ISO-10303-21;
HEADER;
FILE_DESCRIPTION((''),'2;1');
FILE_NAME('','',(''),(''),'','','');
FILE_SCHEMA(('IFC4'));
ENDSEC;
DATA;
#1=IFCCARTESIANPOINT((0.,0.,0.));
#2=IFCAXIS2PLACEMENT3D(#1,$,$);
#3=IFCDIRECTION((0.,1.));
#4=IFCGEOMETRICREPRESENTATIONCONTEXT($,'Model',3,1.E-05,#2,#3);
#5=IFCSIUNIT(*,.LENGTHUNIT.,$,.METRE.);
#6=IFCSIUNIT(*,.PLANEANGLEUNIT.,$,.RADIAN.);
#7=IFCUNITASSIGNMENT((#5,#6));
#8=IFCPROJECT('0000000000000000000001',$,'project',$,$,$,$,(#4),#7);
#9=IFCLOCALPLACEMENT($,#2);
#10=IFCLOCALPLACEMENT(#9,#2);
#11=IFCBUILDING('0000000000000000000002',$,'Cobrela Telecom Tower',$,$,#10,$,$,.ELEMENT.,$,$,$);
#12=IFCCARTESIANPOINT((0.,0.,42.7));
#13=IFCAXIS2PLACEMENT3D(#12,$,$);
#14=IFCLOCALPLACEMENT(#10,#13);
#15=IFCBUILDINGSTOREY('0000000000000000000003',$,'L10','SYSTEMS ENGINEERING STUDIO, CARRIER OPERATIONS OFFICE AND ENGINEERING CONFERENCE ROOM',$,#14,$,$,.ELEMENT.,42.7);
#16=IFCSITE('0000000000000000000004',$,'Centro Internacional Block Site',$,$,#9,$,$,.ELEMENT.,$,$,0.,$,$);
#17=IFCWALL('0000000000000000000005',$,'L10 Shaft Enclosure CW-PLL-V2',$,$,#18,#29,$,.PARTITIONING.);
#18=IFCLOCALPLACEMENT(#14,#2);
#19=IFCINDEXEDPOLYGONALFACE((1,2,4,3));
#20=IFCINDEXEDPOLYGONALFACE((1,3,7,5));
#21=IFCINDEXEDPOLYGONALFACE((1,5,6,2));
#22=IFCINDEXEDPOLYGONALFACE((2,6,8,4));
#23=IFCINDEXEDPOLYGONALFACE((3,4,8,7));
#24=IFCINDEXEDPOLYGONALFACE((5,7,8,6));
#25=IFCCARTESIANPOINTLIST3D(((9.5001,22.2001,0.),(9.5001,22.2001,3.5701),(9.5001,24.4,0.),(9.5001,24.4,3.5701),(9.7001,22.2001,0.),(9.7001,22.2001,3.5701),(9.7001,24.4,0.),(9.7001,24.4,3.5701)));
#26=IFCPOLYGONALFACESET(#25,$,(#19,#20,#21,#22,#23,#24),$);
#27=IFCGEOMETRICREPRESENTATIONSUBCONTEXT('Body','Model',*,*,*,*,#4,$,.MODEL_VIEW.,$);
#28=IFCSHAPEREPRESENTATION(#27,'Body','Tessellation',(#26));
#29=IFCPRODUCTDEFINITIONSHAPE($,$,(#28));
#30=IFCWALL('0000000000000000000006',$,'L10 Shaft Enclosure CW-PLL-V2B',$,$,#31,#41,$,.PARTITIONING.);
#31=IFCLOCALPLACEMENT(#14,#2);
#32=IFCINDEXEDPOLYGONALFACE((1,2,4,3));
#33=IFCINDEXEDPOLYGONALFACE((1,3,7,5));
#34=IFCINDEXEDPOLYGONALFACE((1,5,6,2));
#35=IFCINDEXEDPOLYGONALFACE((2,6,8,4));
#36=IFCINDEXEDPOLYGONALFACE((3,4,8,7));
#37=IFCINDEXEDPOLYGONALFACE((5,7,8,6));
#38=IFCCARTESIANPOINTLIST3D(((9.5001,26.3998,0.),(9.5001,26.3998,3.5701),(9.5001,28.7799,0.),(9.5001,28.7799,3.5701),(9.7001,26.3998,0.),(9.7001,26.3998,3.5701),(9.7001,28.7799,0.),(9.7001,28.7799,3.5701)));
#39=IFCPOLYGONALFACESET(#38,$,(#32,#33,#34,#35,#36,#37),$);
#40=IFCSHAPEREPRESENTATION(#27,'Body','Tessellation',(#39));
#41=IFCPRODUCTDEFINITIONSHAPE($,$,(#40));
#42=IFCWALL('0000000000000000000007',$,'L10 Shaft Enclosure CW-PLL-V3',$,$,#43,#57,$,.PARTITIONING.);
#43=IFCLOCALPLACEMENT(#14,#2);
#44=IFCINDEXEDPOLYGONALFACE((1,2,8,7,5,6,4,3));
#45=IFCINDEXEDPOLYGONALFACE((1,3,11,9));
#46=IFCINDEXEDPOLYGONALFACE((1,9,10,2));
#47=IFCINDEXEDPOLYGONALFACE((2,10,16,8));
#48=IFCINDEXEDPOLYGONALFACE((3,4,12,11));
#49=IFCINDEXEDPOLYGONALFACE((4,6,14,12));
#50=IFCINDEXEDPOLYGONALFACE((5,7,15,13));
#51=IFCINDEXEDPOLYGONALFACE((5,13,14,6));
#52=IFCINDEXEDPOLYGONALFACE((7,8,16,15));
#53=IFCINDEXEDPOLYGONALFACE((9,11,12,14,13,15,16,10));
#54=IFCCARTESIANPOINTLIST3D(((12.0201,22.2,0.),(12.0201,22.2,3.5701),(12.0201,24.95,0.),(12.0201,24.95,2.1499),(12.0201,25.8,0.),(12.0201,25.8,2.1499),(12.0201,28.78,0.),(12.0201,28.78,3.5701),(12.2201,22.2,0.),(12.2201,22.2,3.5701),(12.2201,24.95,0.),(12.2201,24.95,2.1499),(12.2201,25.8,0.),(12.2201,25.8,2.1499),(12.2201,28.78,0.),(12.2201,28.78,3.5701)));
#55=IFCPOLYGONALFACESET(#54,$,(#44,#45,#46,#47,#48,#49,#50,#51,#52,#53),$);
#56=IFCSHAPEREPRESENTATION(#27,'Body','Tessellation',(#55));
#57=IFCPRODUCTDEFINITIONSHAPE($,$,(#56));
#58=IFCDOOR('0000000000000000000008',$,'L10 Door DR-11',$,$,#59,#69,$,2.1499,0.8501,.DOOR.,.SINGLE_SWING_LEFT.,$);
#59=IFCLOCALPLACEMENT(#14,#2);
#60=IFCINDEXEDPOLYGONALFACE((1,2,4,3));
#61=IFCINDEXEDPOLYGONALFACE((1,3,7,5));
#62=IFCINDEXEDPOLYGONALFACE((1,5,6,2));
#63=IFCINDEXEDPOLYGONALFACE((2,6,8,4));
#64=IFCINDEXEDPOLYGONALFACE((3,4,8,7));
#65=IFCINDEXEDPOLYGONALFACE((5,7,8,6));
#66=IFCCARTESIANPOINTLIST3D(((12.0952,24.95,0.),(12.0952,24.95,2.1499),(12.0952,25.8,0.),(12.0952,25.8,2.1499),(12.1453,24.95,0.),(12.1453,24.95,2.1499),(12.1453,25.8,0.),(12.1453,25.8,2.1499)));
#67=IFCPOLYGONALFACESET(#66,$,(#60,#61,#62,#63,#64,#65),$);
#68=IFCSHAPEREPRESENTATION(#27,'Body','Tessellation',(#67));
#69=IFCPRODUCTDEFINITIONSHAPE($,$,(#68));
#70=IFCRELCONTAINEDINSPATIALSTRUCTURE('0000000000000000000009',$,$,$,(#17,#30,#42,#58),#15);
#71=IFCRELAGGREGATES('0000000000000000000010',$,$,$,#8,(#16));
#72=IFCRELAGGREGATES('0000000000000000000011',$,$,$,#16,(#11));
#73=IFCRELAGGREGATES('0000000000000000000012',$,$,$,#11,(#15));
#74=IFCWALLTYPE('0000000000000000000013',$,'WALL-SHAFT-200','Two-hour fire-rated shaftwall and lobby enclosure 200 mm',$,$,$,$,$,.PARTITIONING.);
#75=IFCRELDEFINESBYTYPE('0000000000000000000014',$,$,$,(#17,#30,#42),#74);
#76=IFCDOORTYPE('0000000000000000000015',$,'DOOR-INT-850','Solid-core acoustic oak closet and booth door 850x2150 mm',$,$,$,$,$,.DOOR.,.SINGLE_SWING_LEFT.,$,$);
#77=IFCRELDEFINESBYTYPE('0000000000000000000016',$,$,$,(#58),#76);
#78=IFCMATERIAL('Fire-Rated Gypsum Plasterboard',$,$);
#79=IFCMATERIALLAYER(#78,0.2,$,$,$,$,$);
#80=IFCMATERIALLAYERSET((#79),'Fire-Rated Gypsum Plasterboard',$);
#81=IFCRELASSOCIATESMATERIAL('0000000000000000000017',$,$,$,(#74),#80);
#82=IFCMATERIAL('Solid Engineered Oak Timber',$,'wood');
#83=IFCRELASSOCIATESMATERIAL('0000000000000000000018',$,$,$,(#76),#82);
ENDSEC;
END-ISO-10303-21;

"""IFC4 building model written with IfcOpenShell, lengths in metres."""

from ifc_helpers import new_model, si_unit, direction, frame, frame_2d, origin, place, context, subcontext, project, spatial, rectangle, extrude, material, layer, layer_set, type_object, element, fill, save


model = new_model("IFC4")

# Units and contexts
model_context = context("Model", 3, precision=1e-05, world=origin(), true_north=direction((0.0, 1.0)))
body_context = subcontext(model_context, "Body", "Model", "MODEL_VIEW")
ifc_project = project(units=[si_unit("LENGTHUNIT", "METRE"), si_unit("PLANEANGLEUNIT", "RADIAN")], contexts=[model_context])

# Site, building, storey
site_placement = place(None, origin())
site = spatial("IfcSite", under=ifc_project, at=site_placement, Name="Centro Internacional Block Site", CompositionType="ELEMENT", RefElevation=0.0)
building_placement = place(site_placement, origin())
building = spatial("IfcBuilding", under=site, at=building_placement, Name="Cobrela Telecom Tower", CompositionType="ELEMENT")
storey_placement = place(building_placement, frame((0.0, 0.0, 42.7)))
storey = spatial("IfcBuildingStorey", under=building, at=storey_placement, Name="L10", Description="SYSTEMS ENGINEERING STUDIO, CARRIER OPERATIONS OFFICE AND ENGINEERING CONFERENCE ROOM", CompositionType="ELEMENT", Elevation=42.7)

# Shared definitions
ifc_material_1 = material(Name="Fire-Rated Gypsum Plasterboard")

# Shared definitions
ifc_layer_1 = layer(ifc_material_1, 0.2)
ifc_layer_set_1 = layer_set([ifc_layer_1], Name="Fire-Rated Gypsum Plasterboard")
wall_type_1 = type_object("IfcWallType", Name="WALL-SHAFT-200", Description="Two-hour fire-rated shaftwall and lobby enclosure 200 mm", PredefinedType="PARTITIONING", material=ifc_layer_set_1)

# Walls
wall_1_placement = place(storey_placement, frame((9.6001, 22.2, 0.0), z_axis=(0.0, 0.0, 1.0), x_axis=(0.0, 1.0, 0.0)))
element("IfcWall", 1, at=wall_1_placement, inside=storey, type_object=wall_type_1, Name="L10 Shaft Enclosure CW-PLL-V2", PredefinedType="PARTITIONING", context=body_context, shape_type="SweptSolid", body=[
    extrude(rectangle(XDim=2.2, YDim=0.2, at=frame_2d((1.1001, 0.0))), origin(), (0.0, 0.0, 1.0), 3.5701),
])
wall_2_placement = place(storey_placement, frame((9.6001, 26.3999, 0.0), z_axis=(0.0, 0.0, 1.0), x_axis=(0.0, 1.0, 0.0)))
element("IfcWall", 2, at=wall_2_placement, inside=storey, type_object=wall_type_1, Name="L10 Shaft Enclosure CW-PLL-V2B", PredefinedType="PARTITIONING", context=body_context, shape_type="SweptSolid", body=[
    extrude(rectangle(XDim=2.3801, YDim=0.2, at=frame_2d((1.1899, 0.0))), origin(), (0.0, 0.0, 1.0), 3.5701),
])

# Wall, opening, door
wall_3_placement = place(storey_placement, frame((12.1201, 22.2, 0.0), z_axis=(0.0, 0.0, 1.0), x_axis=(0.0, 1.0, 0.0)))
wall_3 = element("IfcWall", 3, at=wall_3_placement, inside=storey, type_object=wall_type_1, Name="L10 Shaft Enclosure CW-PLL-V3", PredefinedType="PARTITIONING", context=body_context, shape_type="SweptSolid", body=[
    extrude(rectangle(XDim=6.5801, YDim=0.2, at=frame_2d((3.29, 0.0))), origin(), (0.0, 0.0, 1.0), 3.5701),
])
opening_1_placement = place(wall_3_placement, frame((2.75, 0.0, 0.0)))
opening_1 = element("IfcOpeningElement", 4, at=opening_1_placement, cuts=wall_3, PredefinedType="OPENING", context=body_context, shape_type="SweptSolid", body=[
    extrude(rectangle(XDim=0.8501, YDim=2.1499, at=frame_2d((0.425, 1.075))), frame((0.0, 0.1118, 0.0), z_axis=(0.0, -1.0, 0.0), x_axis=(1.0, 0.0, 0.0)), (0.0, 0.0, 1.0), 0.2239),
])
ifc_material_2 = material(Name="Solid Engineered Oak Timber", Category="wood")
door_type_1 = type_object("IfcDoorType", Name="DOOR-INT-850", Description="Solid-core acoustic oak closet and booth door 850x2150 mm", OperationType="SINGLE_SWING_LEFT", PredefinedType="DOOR", material=ifc_material_2)
door_1_placement = place(opening_1_placement, origin())
door_1 = element("IfcDoor", 5, at=door_1_placement, inside=storey, type_object=door_type_1, Name="L10 Door DR-11", OperationType="SINGLE_SWING_LEFT", OverallHeight=2.1499, OverallWidth=0.8501, PredefinedType="DOOR", context=body_context, shape_type="SweptSolid", body=[
    extrude(rectangle(XDim=0.8501, YDim=2.1499, at=frame_2d((0.425, 1.075))), frame((0.0, 0.0249, 0.0), z_axis=(0.0, -1.0, 0.0), x_axis=(1.0, 0.0, 0.0)), (0.0, 0.0, 1.0), 0.05),
])
fill(opening_1, door_1)

save(model, "model.ifc")
